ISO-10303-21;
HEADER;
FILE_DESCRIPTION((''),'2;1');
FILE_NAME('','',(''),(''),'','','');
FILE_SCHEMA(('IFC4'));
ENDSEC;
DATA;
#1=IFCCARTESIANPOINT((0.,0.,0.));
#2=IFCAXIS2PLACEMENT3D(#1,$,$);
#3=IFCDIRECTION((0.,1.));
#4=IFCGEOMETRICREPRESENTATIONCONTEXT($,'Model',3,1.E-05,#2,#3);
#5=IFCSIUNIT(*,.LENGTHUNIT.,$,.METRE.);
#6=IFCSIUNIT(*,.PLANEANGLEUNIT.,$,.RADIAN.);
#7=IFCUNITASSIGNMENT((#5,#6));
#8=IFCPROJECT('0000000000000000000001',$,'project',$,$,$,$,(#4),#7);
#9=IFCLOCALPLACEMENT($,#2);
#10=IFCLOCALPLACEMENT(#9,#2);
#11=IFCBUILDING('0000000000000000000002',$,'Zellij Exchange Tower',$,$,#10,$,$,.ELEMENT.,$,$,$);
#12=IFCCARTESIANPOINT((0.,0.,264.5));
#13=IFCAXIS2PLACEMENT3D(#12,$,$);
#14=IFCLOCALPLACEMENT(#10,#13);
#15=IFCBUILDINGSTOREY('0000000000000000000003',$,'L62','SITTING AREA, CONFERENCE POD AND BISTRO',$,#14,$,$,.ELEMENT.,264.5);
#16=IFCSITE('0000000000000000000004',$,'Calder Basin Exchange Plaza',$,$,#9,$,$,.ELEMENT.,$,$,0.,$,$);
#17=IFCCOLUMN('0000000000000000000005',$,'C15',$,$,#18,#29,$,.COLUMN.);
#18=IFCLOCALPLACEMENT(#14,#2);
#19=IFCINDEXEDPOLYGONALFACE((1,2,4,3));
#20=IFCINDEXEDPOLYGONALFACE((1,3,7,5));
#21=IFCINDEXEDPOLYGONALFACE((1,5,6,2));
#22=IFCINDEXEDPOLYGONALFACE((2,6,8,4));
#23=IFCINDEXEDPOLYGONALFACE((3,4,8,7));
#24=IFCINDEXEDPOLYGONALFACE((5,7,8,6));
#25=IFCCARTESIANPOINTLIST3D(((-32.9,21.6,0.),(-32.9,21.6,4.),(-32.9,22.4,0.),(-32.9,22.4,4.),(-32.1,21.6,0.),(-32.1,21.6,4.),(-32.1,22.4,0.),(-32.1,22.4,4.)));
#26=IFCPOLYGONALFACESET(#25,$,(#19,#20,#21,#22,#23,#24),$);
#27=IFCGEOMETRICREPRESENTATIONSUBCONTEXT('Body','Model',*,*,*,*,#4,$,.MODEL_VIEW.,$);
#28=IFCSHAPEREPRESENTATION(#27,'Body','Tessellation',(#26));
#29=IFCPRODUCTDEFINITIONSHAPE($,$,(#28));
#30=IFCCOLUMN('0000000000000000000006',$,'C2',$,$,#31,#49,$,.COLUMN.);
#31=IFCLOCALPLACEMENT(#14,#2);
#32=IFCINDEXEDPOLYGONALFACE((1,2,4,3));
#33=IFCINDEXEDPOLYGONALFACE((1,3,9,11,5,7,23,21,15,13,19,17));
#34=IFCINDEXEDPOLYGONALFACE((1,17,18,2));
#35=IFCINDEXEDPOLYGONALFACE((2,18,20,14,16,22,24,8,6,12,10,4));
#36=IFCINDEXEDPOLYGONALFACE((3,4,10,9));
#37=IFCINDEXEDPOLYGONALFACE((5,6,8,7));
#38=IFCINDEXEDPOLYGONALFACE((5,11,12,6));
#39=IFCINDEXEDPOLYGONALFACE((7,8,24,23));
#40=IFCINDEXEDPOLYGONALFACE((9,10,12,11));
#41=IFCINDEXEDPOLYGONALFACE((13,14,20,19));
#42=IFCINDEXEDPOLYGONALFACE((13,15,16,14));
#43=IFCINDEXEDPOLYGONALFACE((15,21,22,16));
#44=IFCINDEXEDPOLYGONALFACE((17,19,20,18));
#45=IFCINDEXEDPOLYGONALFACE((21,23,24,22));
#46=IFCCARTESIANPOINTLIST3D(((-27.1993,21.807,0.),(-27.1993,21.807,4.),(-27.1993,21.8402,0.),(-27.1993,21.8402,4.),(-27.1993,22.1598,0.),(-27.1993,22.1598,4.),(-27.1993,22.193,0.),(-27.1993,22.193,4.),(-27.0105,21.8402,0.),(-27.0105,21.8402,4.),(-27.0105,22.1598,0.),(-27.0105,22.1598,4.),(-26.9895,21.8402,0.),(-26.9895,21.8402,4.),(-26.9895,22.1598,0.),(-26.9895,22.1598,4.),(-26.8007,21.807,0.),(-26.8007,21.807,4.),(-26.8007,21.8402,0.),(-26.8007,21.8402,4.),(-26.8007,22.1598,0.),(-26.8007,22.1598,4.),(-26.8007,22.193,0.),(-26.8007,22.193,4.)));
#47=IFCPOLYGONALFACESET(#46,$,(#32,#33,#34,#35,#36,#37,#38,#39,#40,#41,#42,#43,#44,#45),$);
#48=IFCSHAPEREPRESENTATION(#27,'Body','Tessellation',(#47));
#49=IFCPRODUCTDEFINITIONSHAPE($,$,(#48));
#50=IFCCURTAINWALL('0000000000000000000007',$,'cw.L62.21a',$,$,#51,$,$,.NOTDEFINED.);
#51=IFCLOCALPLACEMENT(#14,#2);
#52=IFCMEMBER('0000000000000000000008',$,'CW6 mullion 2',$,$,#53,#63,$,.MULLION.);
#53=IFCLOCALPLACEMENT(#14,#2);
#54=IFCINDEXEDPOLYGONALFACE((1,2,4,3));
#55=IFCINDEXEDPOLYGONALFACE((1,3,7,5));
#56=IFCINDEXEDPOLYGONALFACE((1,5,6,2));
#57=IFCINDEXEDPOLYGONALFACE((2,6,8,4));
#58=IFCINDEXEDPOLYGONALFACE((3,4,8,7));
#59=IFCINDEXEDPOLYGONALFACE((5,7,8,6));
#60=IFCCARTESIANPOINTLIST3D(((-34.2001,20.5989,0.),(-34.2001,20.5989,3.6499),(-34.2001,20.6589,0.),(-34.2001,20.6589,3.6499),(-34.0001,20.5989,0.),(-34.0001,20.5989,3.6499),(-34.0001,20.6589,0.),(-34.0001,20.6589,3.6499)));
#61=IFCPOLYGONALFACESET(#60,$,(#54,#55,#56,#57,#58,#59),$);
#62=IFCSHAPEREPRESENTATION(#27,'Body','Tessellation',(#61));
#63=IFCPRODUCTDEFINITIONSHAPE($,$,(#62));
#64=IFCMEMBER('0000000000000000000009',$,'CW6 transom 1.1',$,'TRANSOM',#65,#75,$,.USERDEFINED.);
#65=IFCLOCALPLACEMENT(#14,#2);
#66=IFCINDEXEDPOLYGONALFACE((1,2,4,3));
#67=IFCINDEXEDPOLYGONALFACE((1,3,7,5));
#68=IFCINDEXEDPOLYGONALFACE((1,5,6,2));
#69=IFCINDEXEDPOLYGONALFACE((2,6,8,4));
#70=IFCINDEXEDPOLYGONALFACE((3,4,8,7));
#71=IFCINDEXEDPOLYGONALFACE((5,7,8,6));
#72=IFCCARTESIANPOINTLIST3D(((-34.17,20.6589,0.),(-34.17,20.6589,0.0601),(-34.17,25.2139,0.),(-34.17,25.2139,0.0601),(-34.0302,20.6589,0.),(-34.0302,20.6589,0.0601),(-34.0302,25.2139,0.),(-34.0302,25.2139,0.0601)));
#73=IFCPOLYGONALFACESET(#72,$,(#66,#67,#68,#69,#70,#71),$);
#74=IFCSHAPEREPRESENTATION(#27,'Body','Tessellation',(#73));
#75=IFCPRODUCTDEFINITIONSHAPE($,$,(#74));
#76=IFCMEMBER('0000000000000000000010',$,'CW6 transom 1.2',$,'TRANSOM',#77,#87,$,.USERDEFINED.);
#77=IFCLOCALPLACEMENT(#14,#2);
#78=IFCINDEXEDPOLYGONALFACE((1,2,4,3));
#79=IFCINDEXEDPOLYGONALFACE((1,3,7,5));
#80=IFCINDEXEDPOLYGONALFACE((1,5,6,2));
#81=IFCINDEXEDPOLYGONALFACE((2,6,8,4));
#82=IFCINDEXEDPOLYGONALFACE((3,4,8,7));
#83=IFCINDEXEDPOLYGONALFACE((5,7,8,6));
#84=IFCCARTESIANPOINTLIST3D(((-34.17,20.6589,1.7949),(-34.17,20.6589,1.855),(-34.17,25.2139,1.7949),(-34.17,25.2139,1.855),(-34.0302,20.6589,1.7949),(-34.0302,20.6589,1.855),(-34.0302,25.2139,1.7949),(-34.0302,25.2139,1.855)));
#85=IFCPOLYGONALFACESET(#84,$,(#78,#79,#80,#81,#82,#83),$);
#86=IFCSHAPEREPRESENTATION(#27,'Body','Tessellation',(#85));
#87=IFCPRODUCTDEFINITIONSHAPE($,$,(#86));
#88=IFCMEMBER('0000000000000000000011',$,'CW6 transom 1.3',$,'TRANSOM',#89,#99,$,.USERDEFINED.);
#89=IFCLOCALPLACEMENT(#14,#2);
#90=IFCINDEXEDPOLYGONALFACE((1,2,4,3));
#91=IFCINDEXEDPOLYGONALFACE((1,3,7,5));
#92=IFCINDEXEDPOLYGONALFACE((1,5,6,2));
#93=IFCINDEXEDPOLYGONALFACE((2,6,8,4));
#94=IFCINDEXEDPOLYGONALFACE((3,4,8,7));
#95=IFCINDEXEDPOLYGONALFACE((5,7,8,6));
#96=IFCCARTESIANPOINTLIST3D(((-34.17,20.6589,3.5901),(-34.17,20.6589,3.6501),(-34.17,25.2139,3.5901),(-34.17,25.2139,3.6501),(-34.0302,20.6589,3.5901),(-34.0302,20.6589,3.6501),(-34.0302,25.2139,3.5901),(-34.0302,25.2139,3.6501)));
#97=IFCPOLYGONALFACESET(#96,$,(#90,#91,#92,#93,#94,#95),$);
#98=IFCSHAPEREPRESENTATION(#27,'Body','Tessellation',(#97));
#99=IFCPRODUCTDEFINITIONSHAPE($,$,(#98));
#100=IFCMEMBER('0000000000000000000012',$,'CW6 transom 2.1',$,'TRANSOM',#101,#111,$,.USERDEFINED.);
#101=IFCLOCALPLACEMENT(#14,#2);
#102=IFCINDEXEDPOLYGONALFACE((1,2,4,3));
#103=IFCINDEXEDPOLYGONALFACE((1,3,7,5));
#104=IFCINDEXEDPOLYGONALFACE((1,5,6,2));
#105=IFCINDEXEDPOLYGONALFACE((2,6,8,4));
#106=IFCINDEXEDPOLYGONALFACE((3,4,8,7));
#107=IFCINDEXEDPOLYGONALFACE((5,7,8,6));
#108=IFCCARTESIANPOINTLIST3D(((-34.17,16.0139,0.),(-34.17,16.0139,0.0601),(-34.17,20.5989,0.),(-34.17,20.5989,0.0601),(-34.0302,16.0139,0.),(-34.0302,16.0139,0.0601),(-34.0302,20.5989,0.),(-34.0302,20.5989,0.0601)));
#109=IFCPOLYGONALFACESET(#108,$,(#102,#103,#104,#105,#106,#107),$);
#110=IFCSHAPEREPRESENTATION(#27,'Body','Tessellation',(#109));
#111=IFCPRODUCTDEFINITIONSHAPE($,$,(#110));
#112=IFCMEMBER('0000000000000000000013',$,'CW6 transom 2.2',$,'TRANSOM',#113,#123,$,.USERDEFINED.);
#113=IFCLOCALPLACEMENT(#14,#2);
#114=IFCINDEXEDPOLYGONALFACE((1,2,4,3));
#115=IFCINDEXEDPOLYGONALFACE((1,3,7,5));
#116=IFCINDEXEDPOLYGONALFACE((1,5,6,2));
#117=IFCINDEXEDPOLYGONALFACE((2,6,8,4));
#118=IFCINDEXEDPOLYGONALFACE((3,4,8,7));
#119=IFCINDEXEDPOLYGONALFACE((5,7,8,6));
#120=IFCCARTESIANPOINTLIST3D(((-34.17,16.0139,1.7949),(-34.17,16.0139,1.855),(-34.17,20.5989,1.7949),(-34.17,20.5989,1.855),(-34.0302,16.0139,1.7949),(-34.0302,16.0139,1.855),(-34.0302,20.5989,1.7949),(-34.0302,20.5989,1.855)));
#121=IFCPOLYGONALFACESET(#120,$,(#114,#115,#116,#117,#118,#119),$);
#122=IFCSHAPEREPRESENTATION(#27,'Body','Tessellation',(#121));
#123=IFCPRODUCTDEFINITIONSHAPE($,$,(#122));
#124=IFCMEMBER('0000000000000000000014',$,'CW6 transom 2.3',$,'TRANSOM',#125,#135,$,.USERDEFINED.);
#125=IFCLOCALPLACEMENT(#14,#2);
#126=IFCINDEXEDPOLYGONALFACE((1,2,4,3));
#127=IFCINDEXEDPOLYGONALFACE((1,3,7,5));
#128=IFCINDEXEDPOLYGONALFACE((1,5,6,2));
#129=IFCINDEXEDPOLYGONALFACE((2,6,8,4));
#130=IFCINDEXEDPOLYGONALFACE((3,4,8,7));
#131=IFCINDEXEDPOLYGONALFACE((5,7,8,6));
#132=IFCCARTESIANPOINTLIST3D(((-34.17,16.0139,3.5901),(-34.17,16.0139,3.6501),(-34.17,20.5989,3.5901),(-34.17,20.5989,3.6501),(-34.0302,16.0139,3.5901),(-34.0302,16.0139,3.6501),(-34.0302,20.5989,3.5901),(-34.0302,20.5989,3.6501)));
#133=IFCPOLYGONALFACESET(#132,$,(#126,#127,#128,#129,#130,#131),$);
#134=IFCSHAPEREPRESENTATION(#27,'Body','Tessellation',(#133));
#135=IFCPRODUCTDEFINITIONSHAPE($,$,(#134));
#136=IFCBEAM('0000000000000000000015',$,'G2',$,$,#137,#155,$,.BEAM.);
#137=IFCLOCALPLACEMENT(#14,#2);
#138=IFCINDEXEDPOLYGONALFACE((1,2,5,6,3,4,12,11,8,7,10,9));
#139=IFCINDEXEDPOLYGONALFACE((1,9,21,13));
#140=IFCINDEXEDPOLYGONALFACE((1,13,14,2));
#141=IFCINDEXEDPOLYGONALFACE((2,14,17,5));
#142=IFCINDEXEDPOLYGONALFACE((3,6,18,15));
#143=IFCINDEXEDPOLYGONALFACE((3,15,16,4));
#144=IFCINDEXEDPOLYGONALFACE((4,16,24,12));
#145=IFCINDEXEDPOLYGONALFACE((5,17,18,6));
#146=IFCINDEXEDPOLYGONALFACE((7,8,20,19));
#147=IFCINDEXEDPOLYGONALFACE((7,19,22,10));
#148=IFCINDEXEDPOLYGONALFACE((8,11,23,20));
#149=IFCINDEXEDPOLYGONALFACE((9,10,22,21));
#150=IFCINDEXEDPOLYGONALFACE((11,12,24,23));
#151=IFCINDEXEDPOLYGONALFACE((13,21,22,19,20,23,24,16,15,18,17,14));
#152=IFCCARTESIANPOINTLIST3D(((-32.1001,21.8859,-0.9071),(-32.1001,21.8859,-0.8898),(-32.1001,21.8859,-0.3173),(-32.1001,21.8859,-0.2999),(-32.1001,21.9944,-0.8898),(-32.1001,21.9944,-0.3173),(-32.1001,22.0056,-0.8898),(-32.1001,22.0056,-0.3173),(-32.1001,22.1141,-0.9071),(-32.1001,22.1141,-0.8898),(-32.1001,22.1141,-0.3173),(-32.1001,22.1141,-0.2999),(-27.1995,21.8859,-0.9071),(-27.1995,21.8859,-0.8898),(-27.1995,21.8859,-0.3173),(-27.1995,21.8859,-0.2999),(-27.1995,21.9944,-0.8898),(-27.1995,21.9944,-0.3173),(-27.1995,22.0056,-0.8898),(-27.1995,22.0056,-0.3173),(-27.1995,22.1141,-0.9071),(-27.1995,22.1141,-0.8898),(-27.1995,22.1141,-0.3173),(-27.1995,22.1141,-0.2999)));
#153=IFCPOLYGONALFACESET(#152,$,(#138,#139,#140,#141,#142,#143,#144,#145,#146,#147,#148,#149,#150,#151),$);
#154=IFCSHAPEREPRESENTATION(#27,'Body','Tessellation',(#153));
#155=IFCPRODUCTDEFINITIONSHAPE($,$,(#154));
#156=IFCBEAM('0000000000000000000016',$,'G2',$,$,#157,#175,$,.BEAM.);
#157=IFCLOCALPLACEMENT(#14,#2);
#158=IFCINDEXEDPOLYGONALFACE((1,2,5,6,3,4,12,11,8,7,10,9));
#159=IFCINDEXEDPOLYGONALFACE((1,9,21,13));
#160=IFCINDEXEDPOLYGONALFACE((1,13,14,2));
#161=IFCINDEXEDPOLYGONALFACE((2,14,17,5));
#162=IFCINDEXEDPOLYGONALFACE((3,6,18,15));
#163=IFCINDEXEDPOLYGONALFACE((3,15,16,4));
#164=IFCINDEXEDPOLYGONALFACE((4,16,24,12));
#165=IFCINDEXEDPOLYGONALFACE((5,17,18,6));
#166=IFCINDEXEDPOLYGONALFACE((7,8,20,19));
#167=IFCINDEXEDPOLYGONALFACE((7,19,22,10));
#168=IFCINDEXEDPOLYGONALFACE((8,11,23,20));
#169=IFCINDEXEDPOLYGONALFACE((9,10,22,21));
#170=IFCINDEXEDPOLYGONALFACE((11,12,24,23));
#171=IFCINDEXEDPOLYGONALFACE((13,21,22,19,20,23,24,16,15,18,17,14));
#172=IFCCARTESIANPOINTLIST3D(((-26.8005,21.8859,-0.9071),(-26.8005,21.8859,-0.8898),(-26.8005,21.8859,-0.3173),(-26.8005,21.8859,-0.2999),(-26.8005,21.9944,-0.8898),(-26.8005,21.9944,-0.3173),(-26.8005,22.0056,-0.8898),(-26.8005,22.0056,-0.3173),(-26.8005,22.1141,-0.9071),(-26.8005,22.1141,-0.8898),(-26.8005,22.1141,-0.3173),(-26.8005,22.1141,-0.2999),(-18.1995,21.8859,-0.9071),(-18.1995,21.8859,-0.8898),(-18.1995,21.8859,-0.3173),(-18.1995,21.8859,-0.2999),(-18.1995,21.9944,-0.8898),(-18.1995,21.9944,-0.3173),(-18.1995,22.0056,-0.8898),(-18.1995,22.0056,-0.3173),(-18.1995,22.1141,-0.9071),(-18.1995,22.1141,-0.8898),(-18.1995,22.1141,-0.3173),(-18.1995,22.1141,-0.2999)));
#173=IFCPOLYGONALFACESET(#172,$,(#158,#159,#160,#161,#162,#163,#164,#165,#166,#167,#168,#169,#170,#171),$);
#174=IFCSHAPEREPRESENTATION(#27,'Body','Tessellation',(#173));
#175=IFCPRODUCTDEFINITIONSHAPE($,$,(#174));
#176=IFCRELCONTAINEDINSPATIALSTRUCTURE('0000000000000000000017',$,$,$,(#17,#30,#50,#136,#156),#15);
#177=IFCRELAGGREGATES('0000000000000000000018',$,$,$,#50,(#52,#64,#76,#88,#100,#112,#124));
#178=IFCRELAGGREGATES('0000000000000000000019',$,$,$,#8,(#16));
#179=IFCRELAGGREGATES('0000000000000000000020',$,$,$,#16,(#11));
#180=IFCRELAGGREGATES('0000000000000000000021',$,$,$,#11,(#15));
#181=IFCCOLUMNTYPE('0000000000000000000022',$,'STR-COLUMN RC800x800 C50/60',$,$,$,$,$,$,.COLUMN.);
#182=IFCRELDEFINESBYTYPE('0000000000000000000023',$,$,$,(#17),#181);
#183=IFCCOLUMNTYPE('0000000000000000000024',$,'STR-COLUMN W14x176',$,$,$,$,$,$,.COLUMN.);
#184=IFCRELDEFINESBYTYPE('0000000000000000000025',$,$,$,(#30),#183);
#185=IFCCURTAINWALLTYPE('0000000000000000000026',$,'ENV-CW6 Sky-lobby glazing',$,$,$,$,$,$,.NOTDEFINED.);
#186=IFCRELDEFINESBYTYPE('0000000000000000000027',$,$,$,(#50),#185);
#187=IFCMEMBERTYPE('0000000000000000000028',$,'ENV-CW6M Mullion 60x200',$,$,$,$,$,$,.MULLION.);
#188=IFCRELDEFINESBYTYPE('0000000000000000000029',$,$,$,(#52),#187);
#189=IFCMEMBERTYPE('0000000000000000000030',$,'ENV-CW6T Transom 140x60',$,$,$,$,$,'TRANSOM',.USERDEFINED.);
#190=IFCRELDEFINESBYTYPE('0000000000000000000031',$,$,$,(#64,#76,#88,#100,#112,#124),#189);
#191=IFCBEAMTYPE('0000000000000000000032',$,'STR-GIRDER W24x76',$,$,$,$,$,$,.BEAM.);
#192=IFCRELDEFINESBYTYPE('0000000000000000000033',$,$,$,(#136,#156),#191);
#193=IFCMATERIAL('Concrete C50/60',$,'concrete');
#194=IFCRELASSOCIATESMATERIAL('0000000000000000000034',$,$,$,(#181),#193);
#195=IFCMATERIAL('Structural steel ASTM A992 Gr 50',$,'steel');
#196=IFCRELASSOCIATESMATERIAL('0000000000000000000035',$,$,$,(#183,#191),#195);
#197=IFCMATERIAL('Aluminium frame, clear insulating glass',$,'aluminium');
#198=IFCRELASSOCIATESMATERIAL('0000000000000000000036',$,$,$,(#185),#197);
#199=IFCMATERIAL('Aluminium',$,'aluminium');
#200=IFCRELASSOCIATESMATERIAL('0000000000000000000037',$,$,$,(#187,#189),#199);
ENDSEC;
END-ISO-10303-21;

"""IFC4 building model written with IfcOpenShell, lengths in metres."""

from ifc_helpers import new_model, si_unit, direction, frame, origin, origin_2d, place, context, subcontext, project, spatial, rectangle, i_section, extrude, material, material_profile, profile_set, type_object, element, aggregate, save


model = new_model("IFC4")

# Units and contexts
model_context = context("Model", 3, precision=1e-05, world=origin(), true_north=direction((0.0, 1.0)))
body_context = subcontext(model_context, "Body", "Model", "MODEL_VIEW")
ifc_project = project(units=[si_unit("LENGTHUNIT", "METRE"), si_unit("PLANEANGLEUNIT", "RADIAN")], contexts=[model_context])

# Site, building, storey
site_placement = place(None, origin())
site = spatial("IfcSite", under=ifc_project, at=site_placement, Name="Calder Basin Exchange Plaza", CompositionType="ELEMENT", RefElevation=0.0)
building_placement = place(site_placement, origin())
building = spatial("IfcBuilding", under=site, at=building_placement, Name="Zellij Exchange Tower", CompositionType="ELEMENT")
storey_placement = place(building_placement, frame((0.0, 0.0, 264.5)))
storey = spatial("IfcBuildingStorey", under=building, at=storey_placement, Name="L62", Description="SITTING AREA, CONFERENCE POD AND BISTRO", CompositionType="ELEMENT", Elevation=264.5)

# Columns
ifc_material_1 = material(Name="Concrete C50/60", Category="concrete")
ifc_material_profile_1 = material_profile(ifc_material_1, rectangle(XDim=0.8, YDim=0.8, at=origin_2d()), Name="STR-COLUMN RC800x800 C50/60")
ifc_profile_set_1 = profile_set([ifc_material_profile_1], Name="Concrete C50/60")
column_type_1 = type_object("IfcColumnType", Name="STR-COLUMN RC800x800 C50/60", PredefinedType="COLUMN", material=ifc_profile_set_1)
column_1_placement = place(storey_placement, frame((-32.5, 22.0, 0.0), z_axis=(0.0, 0.0, 1.0), x_axis=(1.0, 0.0, 0.0)))
element("IfcColumn", 1, at=column_1_placement, inside=storey, type_object=column_type_1, Name="C15", PredefinedType="COLUMN", context=body_context, shape_type="SweptSolid", body=[
    extrude(rectangle(XDim=0.8, YDim=0.8, at=origin_2d()), origin(), (0.0, 0.0, 1.0), 4.0),
])
ifc_material_2 = material(Name="Structural steel ASTM A992 Gr 50", Category="steel")
ifc_material_profile_2 = material_profile(ifc_material_2, i_section(OverallWidth=0.3987, OverallDepth=0.386, WebThickness=0.021, FlangeThickness=0.0332, at=origin_2d()), Name="W14x176")
ifc_profile_set_2 = profile_set([ifc_material_profile_2], Name="Structural steel ASTM A992 Gr 50")
column_type_2 = type_object("IfcColumnType", Name="STR-COLUMN W14x176", PredefinedType="COLUMN", material=ifc_profile_set_2)
column_2_placement = place(storey_placement, frame((-27.0, 22.0, 0.0), z_axis=(0.0, 0.0, 1.0), x_axis=(1.0, 0.0, 0.0)))
element("IfcColumn", 2, at=column_2_placement, inside=storey, type_object=column_type_2, Name="C2", PredefinedType="COLUMN", context=body_context, shape_type="SweptSolid", body=[
    extrude(i_section(OverallWidth=0.3987, OverallDepth=0.386, WebThickness=0.021, FlangeThickness=0.0332, at=origin_2d()), origin(), (0.0, 0.0, 1.0), 4.0),
])

# Curtain wall, members
ifc_material_3 = material(Name="Aluminium frame, clear insulating glass", Category="aluminium")
curtain_wall_type = type_object("IfcCurtainWallType", Name="ENV-CW6 Sky-lobby glazing", PredefinedType="NOTDEFINED", material=ifc_material_3)
curtain_wall_placement = place(storey_placement, origin())
curtain_wall = element("IfcCurtainWall", 3, at=curtain_wall_placement, inside=storey, type_object=curtain_wall_type, Name="cw.L62.21a", PredefinedType="NOTDEFINED")
ifc_material_4 = material(Name="Aluminium", Category="aluminium")
ifc_material_profile_3 = material_profile(ifc_material_4, rectangle(XDim=0.0601, YDim=0.2, at=origin_2d()), Name="AL 60x200")
ifc_profile_set_3 = profile_set([ifc_material_profile_3], Name="Aluminium")
member_type_1 = type_object("IfcMemberType", Name="ENV-CW6M Mullion 60x200", PredefinedType="MULLION", material=ifc_profile_set_3)
member_1_placement = place(storey_placement, frame((-34.1001, 20.6289, 0.0), z_axis=(0.0, 0.0, 1.0), x_axis=(0.0, -1.0, 0.0)))
member_1 = element("IfcMember", 4, at=member_1_placement, type_object=member_type_1, Name="CW6 mullion 2", PredefinedType="MULLION", context=body_context, shape_type="SweptSolid", body=[
    extrude(rectangle(XDim=0.0601, YDim=0.2, at=origin_2d()), origin(), (0.0, 0.0, 1.0), 3.6499),
])
ifc_material_profile_4 = material_profile(ifc_material_4, rectangle(XDim=0.1399, YDim=0.0601, at=origin_2d()), Name="AL 140x60")
ifc_profile_set_4 = profile_set([ifc_material_profile_4], Name="Aluminium")
member_type_2 = type_object("IfcMemberType", Name="ENV-CW6T Transom 140x60", ElementType="TRANSOM", PredefinedType="USERDEFINED", material=ifc_profile_set_4)
member_2_placement = place(storey_placement, frame((-34.1001, 25.2139, 0.03), z_axis=(0.0, -1.0, 0.0), x_axis=(1.0, 0.0, 0.0)))
member_2 = element("IfcMember", 5, at=member_2_placement, type_object=member_type_2, Name="CW6 transom 1.1", ObjectType="TRANSOM", PredefinedType="USERDEFINED", context=body_context, shape_type="SweptSolid", body=[
    extrude(rectangle(XDim=0.1399, YDim=0.0601, at=origin_2d()), origin(), (0.0, 0.0, 1.0), 4.5549),
])
member_3_placement = place(storey_placement, frame((-34.1001, 25.2139, 1.825), z_axis=(0.0, -1.0, 0.0), x_axis=(1.0, 0.0, 0.0)))
member_3 = element("IfcMember", 6, at=member_3_placement, type_object=member_type_2, Name="CW6 transom 1.2", ObjectType="TRANSOM", PredefinedType="USERDEFINED", context=body_context, shape_type="SweptSolid", body=[
    extrude(rectangle(XDim=0.1399, YDim=0.0601, at=origin_2d()), origin(), (0.0, 0.0, 1.0), 4.5549),
])
member_4_placement = place(storey_placement, frame((-34.1001, 25.2139, 3.6201), z_axis=(0.0, -1.0, 0.0), x_axis=(1.0, 0.0, 0.0)))
member_4 = element("IfcMember", 7, at=member_4_placement, type_object=member_type_2, Name="CW6 transom 1.3", ObjectType="TRANSOM", PredefinedType="USERDEFINED", context=body_context, shape_type="SweptSolid", body=[
    extrude(rectangle(XDim=0.1399, YDim=0.0601, at=origin_2d()), origin(), (0.0, 0.0, 1.0), 4.5549),
])
member_5_placement = place(storey_placement, frame((-34.1001, 20.5989, 0.03), z_axis=(0.0, -1.0, 0.0), x_axis=(1.0, 0.0, 0.0)))
member_5 = element("IfcMember", 8, at=member_5_placement, type_object=member_type_2, Name="CW6 transom 2.1", ObjectType="TRANSOM", PredefinedType="USERDEFINED", context=body_context, shape_type="SweptSolid", body=[
    extrude(rectangle(XDim=0.1399, YDim=0.0601, at=origin_2d()), origin(), (0.0, 0.0, 1.0), 4.585),
])
member_6_placement = place(storey_placement, frame((-34.1001, 20.5989, 1.825), z_axis=(0.0, -1.0, 0.0), x_axis=(1.0, 0.0, 0.0)))
member_6 = element("IfcMember", 9, at=member_6_placement, type_object=member_type_2, Name="CW6 transom 2.2", ObjectType="TRANSOM", PredefinedType="USERDEFINED", context=body_context, shape_type="SweptSolid", body=[
    extrude(rectangle(XDim=0.1399, YDim=0.0601, at=origin_2d()), origin(), (0.0, 0.0, 1.0), 4.585),
])
member_7_placement = place(storey_placement, frame((-34.1001, 20.5989, 3.6201), z_axis=(0.0, -1.0, 0.0), x_axis=(1.0, 0.0, 0.0)))
member_7 = element("IfcMember", 10, at=member_7_placement, type_object=member_type_2, Name="CW6 transom 2.3", ObjectType="TRANSOM", PredefinedType="USERDEFINED", context=body_context, shape_type="SweptSolid", body=[
    extrude(rectangle(XDim=0.1399, YDim=0.0601, at=origin_2d()), origin(), (0.0, 0.0, 1.0), 4.585),
])

# Beams
ifc_material_profile_5 = material_profile(ifc_material_2, i_section(OverallWidth=0.2283, OverallDepth=0.6072, WebThickness=0.0112, FlangeThickness=0.0173, at=origin_2d()), Name="W24x76")
ifc_profile_set_5 = profile_set([ifc_material_profile_5], Name="Structural steel ASTM A992 Gr 50")
beam_type = type_object("IfcBeamType", Name="STR-GIRDER W24x76", PredefinedType="BEAM", material=ifc_profile_set_5)
beam_1_placement = place(storey_placement, frame((-32.1001, 22.0, -0.6035), z_axis=(1.0, 0.0, 0.0), x_axis=(0.0, 1.0, 0.0)))
element("IfcBeam", 11, at=beam_1_placement, inside=storey, type_object=beam_type, Name="G2", PredefinedType="BEAM", context=body_context, shape_type="SweptSolid", body=[
    extrude(i_section(OverallWidth=0.2283, OverallDepth=0.6072, WebThickness=0.0112, FlangeThickness=0.0173, at=origin_2d()), origin(), (0.0, 0.0, 1.0), 4.9006),
])
beam_2_placement = place(storey_placement, frame((-26.8005, 22.0, -0.6035), z_axis=(1.0, 0.0, 0.0), x_axis=(0.0, 1.0, 0.0)))
element("IfcBeam", 12, at=beam_2_placement, inside=storey, type_object=beam_type, Name="G2", PredefinedType="BEAM", context=body_context, shape_type="SweptSolid", body=[
    extrude(i_section(OverallWidth=0.2283, OverallDepth=0.6072, WebThickness=0.0112, FlangeThickness=0.0173, at=origin_2d()), origin(), (0.0, 0.0, 1.0), 8.6011),
])

aggregate(curtain_wall, [member_1, member_2, member_3, member_4, member_5, member_6, member_7])

save(model, "model.ifc")
